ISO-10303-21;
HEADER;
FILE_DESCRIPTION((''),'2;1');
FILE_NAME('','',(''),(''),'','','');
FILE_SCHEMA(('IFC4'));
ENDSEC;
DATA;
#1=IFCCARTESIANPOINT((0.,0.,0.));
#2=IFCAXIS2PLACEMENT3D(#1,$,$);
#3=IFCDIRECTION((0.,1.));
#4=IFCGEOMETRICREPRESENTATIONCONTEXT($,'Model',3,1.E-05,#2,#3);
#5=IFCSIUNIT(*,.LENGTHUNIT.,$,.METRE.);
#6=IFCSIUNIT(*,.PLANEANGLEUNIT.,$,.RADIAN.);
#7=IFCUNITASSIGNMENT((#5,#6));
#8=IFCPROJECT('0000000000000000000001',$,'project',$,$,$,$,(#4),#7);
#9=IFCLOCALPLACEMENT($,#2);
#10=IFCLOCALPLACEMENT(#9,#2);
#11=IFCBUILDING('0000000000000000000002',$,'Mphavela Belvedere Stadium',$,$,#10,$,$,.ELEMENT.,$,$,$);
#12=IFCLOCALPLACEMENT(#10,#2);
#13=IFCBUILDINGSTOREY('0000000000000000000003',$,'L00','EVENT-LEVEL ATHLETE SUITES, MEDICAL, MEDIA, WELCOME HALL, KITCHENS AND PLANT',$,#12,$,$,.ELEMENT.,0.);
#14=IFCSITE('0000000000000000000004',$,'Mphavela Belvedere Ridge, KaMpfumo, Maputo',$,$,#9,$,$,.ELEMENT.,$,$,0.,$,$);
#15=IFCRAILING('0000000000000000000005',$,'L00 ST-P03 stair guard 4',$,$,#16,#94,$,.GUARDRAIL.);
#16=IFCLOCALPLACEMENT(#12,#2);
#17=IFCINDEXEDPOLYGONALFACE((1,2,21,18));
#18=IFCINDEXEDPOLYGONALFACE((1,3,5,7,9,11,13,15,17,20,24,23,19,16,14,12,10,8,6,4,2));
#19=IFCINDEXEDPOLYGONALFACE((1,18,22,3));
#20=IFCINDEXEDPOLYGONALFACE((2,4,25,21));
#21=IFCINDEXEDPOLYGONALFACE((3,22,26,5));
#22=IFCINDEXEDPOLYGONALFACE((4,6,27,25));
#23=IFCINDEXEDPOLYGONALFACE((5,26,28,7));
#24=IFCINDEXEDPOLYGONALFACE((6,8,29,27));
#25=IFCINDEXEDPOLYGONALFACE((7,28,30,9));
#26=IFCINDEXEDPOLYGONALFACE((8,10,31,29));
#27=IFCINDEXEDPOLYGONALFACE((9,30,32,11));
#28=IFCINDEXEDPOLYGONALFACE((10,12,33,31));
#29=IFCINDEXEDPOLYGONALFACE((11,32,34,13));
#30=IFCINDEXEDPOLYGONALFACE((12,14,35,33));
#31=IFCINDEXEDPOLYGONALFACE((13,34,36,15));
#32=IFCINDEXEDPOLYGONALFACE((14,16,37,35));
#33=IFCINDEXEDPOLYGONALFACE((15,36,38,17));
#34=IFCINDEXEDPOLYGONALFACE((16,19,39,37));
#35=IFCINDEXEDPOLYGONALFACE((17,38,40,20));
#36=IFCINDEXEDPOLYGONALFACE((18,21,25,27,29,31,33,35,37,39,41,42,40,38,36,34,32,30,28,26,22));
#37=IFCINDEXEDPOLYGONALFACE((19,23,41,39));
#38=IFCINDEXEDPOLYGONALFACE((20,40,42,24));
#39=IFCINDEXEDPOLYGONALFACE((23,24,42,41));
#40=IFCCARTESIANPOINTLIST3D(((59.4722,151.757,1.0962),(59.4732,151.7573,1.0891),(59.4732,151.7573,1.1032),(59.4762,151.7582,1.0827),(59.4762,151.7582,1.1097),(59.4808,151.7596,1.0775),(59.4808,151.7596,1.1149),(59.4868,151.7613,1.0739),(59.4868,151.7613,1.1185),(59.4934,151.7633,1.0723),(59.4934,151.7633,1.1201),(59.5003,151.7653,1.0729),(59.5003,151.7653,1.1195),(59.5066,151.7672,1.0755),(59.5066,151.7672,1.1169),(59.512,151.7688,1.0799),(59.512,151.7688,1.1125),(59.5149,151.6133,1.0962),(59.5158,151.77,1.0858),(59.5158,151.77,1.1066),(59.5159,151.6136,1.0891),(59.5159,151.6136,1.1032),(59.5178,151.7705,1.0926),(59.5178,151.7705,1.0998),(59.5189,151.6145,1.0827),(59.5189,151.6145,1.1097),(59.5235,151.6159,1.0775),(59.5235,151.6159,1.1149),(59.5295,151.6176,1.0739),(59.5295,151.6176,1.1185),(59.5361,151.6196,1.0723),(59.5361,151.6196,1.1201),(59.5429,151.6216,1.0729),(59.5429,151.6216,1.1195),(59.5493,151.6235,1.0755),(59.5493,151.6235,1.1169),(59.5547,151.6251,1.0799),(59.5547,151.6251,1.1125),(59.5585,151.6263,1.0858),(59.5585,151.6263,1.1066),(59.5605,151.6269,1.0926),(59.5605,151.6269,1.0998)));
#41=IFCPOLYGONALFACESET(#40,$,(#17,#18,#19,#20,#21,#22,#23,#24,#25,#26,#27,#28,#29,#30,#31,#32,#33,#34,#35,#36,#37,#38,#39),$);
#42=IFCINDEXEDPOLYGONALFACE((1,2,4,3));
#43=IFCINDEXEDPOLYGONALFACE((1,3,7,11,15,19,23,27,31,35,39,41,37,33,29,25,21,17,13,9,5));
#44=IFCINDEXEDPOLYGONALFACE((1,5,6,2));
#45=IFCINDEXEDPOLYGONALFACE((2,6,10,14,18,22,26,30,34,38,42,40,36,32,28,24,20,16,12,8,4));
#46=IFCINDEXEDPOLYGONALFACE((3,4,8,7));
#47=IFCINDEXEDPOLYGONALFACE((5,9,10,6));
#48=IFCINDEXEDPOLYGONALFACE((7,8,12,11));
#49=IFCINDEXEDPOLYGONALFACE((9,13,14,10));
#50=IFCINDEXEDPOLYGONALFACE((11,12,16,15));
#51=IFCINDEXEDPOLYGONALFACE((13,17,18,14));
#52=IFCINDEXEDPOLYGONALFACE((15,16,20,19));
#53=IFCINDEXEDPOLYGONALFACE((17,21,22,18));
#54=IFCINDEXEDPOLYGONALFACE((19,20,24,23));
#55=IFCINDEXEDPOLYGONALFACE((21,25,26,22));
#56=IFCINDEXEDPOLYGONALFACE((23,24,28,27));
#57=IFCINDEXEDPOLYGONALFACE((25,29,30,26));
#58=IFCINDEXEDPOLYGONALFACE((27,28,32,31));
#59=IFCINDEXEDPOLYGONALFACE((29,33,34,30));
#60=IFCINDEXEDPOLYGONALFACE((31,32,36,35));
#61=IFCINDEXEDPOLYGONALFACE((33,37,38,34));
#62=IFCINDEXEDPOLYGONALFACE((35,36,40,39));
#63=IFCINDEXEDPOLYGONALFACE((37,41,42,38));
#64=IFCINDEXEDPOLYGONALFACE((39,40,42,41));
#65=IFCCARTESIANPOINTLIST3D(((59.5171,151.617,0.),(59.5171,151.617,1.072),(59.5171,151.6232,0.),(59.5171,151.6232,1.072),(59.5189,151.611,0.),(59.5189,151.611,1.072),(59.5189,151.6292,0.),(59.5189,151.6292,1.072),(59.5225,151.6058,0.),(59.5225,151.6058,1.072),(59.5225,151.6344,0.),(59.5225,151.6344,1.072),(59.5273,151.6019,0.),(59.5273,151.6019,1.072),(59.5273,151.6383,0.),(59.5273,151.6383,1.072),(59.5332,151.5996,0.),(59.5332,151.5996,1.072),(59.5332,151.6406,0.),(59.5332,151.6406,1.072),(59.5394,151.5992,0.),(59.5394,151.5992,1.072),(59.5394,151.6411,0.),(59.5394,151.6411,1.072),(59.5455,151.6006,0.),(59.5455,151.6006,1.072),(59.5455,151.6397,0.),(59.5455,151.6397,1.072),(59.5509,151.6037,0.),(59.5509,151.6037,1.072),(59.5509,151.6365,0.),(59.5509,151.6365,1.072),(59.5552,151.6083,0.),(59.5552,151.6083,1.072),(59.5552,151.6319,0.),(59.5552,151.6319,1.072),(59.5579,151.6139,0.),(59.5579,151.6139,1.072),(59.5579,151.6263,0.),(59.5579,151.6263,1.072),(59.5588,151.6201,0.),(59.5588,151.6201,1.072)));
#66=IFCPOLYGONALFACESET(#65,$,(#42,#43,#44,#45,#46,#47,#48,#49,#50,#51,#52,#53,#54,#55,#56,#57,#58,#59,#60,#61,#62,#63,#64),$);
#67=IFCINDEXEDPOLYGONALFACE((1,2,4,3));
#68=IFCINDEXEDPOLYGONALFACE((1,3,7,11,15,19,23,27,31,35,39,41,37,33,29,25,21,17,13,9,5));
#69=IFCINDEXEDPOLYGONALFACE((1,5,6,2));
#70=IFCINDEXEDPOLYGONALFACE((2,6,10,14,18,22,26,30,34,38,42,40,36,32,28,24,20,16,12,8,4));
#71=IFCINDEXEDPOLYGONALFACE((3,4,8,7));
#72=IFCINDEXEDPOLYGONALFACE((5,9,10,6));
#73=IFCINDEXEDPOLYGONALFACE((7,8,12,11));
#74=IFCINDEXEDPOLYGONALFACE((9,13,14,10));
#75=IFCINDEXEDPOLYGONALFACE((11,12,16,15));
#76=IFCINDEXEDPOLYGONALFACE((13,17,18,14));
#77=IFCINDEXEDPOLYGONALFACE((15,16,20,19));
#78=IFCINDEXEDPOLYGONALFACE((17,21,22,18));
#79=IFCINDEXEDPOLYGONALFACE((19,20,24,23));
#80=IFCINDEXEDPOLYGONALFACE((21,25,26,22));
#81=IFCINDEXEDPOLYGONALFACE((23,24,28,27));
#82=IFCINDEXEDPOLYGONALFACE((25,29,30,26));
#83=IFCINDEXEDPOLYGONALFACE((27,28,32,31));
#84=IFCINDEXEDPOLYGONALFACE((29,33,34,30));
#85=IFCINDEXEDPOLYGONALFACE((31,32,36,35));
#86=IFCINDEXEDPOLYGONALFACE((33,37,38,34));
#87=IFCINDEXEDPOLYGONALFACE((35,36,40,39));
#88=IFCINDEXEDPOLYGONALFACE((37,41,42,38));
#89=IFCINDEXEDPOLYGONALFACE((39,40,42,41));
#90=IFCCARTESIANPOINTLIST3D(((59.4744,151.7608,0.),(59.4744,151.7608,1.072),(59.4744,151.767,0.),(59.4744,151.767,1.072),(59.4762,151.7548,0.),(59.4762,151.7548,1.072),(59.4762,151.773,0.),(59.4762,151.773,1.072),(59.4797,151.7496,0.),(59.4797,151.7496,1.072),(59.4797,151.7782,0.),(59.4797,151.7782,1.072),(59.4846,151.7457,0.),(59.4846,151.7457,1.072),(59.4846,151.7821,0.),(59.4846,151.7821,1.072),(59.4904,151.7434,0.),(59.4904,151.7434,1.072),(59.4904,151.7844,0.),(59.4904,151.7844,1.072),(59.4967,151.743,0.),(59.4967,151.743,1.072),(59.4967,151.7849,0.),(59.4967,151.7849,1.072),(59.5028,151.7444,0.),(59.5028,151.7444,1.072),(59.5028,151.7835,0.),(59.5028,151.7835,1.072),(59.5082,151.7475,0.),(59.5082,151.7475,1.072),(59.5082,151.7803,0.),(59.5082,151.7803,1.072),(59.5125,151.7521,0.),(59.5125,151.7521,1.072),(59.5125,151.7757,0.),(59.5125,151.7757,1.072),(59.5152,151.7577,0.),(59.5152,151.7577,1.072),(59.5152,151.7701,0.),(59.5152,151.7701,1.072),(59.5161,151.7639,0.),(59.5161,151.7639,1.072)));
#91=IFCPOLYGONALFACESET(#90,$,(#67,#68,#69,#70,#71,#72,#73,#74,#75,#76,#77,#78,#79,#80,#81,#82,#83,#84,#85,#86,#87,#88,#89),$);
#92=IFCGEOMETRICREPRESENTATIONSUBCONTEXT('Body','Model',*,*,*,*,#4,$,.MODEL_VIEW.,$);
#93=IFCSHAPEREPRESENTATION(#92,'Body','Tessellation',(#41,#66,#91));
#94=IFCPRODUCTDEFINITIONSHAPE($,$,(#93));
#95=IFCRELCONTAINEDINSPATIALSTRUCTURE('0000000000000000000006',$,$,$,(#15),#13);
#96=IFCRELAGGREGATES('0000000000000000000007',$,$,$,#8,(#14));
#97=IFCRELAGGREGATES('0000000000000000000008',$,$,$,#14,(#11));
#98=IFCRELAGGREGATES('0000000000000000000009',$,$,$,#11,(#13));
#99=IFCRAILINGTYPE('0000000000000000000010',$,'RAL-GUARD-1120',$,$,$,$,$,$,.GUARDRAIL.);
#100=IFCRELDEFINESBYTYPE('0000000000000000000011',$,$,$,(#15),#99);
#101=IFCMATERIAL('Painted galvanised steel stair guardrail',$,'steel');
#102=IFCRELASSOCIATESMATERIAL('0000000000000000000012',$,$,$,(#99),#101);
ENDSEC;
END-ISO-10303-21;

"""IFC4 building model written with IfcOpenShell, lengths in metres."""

from ifc_helpers import new_model, si_unit, direction, frame, origin, origin_2d, place, context, subcontext, project, spatial, circle, extrude, material, type_object, element, save


model = new_model("IFC4")

# Units and contexts
model_context = context("Model", 3, precision=1e-05, world=origin(), true_north=direction((0.0, 1.0)))
body_context = subcontext(model_context, "Body", "Model", "MODEL_VIEW")
ifc_project = project(units=[si_unit("LENGTHUNIT", "METRE"), si_unit("PLANEANGLEUNIT", "RADIAN")], contexts=[model_context])

# Site, building, storey
site_placement = place(None, origin())
site = spatial("IfcSite", under=ifc_project, at=site_placement, Name="Mphavela Belvedere Ridge, KaMpfumo, Maputo", CompositionType="ELEMENT", RefElevation=0.0)
building_placement = place(site_placement, origin())
building = spatial("IfcBuilding", under=site, at=building_placement, Name="Mphavela Belvedere Stadium", CompositionType="ELEMENT")
storey_placement = place(building_placement, origin())
storey = spatial("IfcBuildingStorey", under=building, at=storey_placement, Name="L00", Description="EVENT-LEVEL ATHLETE SUITES, MEDICAL, MEDIA, WELCOME HALL, KITCHENS AND PLANT", CompositionType="ELEMENT", Elevation=0.0)

# Railing
ifc_material_1 = material(Name="Painted galvanised steel stair guardrail", Category="steel")
railing_type_1 = type_object("IfcRailingType", Name="RAL-GUARD-1120", PredefinedType="GUARDRAIL", material=ifc_material_1)
railing_1_placement = place(storey_placement, frame((59.5378, 151.6201, 0.0)))
element("IfcRailing", 1, at=railing_1_placement, inside=storey, type_object=railing_type_1, Name="L00 ST-P03 stair guard 4", PredefinedType="GUARDRAIL", context=body_context, shape_type="SweptSolid", body=[
    extrude(circle(Radius=0.0239, at=origin_2d()), frame((0.0, 0.0, 1.0962), z_axis=(-0.284809, 0.958584, 0.0), x_axis=(-0.958584, -0.284809, 0.0)), (0.0, 0.0, 1.0), 0.1499),
    extrude(circle(Radius=0.021, at=origin_2d()), origin(), (0.0, 0.0, 1.0), 1.072),
    extrude(circle(Radius=0.021, at=origin_2d()), frame((-0.0427, 0.1438, 0.0)), (0.0, 0.0, 1.0), 1.072),
])

save(model, "model.ifc")
